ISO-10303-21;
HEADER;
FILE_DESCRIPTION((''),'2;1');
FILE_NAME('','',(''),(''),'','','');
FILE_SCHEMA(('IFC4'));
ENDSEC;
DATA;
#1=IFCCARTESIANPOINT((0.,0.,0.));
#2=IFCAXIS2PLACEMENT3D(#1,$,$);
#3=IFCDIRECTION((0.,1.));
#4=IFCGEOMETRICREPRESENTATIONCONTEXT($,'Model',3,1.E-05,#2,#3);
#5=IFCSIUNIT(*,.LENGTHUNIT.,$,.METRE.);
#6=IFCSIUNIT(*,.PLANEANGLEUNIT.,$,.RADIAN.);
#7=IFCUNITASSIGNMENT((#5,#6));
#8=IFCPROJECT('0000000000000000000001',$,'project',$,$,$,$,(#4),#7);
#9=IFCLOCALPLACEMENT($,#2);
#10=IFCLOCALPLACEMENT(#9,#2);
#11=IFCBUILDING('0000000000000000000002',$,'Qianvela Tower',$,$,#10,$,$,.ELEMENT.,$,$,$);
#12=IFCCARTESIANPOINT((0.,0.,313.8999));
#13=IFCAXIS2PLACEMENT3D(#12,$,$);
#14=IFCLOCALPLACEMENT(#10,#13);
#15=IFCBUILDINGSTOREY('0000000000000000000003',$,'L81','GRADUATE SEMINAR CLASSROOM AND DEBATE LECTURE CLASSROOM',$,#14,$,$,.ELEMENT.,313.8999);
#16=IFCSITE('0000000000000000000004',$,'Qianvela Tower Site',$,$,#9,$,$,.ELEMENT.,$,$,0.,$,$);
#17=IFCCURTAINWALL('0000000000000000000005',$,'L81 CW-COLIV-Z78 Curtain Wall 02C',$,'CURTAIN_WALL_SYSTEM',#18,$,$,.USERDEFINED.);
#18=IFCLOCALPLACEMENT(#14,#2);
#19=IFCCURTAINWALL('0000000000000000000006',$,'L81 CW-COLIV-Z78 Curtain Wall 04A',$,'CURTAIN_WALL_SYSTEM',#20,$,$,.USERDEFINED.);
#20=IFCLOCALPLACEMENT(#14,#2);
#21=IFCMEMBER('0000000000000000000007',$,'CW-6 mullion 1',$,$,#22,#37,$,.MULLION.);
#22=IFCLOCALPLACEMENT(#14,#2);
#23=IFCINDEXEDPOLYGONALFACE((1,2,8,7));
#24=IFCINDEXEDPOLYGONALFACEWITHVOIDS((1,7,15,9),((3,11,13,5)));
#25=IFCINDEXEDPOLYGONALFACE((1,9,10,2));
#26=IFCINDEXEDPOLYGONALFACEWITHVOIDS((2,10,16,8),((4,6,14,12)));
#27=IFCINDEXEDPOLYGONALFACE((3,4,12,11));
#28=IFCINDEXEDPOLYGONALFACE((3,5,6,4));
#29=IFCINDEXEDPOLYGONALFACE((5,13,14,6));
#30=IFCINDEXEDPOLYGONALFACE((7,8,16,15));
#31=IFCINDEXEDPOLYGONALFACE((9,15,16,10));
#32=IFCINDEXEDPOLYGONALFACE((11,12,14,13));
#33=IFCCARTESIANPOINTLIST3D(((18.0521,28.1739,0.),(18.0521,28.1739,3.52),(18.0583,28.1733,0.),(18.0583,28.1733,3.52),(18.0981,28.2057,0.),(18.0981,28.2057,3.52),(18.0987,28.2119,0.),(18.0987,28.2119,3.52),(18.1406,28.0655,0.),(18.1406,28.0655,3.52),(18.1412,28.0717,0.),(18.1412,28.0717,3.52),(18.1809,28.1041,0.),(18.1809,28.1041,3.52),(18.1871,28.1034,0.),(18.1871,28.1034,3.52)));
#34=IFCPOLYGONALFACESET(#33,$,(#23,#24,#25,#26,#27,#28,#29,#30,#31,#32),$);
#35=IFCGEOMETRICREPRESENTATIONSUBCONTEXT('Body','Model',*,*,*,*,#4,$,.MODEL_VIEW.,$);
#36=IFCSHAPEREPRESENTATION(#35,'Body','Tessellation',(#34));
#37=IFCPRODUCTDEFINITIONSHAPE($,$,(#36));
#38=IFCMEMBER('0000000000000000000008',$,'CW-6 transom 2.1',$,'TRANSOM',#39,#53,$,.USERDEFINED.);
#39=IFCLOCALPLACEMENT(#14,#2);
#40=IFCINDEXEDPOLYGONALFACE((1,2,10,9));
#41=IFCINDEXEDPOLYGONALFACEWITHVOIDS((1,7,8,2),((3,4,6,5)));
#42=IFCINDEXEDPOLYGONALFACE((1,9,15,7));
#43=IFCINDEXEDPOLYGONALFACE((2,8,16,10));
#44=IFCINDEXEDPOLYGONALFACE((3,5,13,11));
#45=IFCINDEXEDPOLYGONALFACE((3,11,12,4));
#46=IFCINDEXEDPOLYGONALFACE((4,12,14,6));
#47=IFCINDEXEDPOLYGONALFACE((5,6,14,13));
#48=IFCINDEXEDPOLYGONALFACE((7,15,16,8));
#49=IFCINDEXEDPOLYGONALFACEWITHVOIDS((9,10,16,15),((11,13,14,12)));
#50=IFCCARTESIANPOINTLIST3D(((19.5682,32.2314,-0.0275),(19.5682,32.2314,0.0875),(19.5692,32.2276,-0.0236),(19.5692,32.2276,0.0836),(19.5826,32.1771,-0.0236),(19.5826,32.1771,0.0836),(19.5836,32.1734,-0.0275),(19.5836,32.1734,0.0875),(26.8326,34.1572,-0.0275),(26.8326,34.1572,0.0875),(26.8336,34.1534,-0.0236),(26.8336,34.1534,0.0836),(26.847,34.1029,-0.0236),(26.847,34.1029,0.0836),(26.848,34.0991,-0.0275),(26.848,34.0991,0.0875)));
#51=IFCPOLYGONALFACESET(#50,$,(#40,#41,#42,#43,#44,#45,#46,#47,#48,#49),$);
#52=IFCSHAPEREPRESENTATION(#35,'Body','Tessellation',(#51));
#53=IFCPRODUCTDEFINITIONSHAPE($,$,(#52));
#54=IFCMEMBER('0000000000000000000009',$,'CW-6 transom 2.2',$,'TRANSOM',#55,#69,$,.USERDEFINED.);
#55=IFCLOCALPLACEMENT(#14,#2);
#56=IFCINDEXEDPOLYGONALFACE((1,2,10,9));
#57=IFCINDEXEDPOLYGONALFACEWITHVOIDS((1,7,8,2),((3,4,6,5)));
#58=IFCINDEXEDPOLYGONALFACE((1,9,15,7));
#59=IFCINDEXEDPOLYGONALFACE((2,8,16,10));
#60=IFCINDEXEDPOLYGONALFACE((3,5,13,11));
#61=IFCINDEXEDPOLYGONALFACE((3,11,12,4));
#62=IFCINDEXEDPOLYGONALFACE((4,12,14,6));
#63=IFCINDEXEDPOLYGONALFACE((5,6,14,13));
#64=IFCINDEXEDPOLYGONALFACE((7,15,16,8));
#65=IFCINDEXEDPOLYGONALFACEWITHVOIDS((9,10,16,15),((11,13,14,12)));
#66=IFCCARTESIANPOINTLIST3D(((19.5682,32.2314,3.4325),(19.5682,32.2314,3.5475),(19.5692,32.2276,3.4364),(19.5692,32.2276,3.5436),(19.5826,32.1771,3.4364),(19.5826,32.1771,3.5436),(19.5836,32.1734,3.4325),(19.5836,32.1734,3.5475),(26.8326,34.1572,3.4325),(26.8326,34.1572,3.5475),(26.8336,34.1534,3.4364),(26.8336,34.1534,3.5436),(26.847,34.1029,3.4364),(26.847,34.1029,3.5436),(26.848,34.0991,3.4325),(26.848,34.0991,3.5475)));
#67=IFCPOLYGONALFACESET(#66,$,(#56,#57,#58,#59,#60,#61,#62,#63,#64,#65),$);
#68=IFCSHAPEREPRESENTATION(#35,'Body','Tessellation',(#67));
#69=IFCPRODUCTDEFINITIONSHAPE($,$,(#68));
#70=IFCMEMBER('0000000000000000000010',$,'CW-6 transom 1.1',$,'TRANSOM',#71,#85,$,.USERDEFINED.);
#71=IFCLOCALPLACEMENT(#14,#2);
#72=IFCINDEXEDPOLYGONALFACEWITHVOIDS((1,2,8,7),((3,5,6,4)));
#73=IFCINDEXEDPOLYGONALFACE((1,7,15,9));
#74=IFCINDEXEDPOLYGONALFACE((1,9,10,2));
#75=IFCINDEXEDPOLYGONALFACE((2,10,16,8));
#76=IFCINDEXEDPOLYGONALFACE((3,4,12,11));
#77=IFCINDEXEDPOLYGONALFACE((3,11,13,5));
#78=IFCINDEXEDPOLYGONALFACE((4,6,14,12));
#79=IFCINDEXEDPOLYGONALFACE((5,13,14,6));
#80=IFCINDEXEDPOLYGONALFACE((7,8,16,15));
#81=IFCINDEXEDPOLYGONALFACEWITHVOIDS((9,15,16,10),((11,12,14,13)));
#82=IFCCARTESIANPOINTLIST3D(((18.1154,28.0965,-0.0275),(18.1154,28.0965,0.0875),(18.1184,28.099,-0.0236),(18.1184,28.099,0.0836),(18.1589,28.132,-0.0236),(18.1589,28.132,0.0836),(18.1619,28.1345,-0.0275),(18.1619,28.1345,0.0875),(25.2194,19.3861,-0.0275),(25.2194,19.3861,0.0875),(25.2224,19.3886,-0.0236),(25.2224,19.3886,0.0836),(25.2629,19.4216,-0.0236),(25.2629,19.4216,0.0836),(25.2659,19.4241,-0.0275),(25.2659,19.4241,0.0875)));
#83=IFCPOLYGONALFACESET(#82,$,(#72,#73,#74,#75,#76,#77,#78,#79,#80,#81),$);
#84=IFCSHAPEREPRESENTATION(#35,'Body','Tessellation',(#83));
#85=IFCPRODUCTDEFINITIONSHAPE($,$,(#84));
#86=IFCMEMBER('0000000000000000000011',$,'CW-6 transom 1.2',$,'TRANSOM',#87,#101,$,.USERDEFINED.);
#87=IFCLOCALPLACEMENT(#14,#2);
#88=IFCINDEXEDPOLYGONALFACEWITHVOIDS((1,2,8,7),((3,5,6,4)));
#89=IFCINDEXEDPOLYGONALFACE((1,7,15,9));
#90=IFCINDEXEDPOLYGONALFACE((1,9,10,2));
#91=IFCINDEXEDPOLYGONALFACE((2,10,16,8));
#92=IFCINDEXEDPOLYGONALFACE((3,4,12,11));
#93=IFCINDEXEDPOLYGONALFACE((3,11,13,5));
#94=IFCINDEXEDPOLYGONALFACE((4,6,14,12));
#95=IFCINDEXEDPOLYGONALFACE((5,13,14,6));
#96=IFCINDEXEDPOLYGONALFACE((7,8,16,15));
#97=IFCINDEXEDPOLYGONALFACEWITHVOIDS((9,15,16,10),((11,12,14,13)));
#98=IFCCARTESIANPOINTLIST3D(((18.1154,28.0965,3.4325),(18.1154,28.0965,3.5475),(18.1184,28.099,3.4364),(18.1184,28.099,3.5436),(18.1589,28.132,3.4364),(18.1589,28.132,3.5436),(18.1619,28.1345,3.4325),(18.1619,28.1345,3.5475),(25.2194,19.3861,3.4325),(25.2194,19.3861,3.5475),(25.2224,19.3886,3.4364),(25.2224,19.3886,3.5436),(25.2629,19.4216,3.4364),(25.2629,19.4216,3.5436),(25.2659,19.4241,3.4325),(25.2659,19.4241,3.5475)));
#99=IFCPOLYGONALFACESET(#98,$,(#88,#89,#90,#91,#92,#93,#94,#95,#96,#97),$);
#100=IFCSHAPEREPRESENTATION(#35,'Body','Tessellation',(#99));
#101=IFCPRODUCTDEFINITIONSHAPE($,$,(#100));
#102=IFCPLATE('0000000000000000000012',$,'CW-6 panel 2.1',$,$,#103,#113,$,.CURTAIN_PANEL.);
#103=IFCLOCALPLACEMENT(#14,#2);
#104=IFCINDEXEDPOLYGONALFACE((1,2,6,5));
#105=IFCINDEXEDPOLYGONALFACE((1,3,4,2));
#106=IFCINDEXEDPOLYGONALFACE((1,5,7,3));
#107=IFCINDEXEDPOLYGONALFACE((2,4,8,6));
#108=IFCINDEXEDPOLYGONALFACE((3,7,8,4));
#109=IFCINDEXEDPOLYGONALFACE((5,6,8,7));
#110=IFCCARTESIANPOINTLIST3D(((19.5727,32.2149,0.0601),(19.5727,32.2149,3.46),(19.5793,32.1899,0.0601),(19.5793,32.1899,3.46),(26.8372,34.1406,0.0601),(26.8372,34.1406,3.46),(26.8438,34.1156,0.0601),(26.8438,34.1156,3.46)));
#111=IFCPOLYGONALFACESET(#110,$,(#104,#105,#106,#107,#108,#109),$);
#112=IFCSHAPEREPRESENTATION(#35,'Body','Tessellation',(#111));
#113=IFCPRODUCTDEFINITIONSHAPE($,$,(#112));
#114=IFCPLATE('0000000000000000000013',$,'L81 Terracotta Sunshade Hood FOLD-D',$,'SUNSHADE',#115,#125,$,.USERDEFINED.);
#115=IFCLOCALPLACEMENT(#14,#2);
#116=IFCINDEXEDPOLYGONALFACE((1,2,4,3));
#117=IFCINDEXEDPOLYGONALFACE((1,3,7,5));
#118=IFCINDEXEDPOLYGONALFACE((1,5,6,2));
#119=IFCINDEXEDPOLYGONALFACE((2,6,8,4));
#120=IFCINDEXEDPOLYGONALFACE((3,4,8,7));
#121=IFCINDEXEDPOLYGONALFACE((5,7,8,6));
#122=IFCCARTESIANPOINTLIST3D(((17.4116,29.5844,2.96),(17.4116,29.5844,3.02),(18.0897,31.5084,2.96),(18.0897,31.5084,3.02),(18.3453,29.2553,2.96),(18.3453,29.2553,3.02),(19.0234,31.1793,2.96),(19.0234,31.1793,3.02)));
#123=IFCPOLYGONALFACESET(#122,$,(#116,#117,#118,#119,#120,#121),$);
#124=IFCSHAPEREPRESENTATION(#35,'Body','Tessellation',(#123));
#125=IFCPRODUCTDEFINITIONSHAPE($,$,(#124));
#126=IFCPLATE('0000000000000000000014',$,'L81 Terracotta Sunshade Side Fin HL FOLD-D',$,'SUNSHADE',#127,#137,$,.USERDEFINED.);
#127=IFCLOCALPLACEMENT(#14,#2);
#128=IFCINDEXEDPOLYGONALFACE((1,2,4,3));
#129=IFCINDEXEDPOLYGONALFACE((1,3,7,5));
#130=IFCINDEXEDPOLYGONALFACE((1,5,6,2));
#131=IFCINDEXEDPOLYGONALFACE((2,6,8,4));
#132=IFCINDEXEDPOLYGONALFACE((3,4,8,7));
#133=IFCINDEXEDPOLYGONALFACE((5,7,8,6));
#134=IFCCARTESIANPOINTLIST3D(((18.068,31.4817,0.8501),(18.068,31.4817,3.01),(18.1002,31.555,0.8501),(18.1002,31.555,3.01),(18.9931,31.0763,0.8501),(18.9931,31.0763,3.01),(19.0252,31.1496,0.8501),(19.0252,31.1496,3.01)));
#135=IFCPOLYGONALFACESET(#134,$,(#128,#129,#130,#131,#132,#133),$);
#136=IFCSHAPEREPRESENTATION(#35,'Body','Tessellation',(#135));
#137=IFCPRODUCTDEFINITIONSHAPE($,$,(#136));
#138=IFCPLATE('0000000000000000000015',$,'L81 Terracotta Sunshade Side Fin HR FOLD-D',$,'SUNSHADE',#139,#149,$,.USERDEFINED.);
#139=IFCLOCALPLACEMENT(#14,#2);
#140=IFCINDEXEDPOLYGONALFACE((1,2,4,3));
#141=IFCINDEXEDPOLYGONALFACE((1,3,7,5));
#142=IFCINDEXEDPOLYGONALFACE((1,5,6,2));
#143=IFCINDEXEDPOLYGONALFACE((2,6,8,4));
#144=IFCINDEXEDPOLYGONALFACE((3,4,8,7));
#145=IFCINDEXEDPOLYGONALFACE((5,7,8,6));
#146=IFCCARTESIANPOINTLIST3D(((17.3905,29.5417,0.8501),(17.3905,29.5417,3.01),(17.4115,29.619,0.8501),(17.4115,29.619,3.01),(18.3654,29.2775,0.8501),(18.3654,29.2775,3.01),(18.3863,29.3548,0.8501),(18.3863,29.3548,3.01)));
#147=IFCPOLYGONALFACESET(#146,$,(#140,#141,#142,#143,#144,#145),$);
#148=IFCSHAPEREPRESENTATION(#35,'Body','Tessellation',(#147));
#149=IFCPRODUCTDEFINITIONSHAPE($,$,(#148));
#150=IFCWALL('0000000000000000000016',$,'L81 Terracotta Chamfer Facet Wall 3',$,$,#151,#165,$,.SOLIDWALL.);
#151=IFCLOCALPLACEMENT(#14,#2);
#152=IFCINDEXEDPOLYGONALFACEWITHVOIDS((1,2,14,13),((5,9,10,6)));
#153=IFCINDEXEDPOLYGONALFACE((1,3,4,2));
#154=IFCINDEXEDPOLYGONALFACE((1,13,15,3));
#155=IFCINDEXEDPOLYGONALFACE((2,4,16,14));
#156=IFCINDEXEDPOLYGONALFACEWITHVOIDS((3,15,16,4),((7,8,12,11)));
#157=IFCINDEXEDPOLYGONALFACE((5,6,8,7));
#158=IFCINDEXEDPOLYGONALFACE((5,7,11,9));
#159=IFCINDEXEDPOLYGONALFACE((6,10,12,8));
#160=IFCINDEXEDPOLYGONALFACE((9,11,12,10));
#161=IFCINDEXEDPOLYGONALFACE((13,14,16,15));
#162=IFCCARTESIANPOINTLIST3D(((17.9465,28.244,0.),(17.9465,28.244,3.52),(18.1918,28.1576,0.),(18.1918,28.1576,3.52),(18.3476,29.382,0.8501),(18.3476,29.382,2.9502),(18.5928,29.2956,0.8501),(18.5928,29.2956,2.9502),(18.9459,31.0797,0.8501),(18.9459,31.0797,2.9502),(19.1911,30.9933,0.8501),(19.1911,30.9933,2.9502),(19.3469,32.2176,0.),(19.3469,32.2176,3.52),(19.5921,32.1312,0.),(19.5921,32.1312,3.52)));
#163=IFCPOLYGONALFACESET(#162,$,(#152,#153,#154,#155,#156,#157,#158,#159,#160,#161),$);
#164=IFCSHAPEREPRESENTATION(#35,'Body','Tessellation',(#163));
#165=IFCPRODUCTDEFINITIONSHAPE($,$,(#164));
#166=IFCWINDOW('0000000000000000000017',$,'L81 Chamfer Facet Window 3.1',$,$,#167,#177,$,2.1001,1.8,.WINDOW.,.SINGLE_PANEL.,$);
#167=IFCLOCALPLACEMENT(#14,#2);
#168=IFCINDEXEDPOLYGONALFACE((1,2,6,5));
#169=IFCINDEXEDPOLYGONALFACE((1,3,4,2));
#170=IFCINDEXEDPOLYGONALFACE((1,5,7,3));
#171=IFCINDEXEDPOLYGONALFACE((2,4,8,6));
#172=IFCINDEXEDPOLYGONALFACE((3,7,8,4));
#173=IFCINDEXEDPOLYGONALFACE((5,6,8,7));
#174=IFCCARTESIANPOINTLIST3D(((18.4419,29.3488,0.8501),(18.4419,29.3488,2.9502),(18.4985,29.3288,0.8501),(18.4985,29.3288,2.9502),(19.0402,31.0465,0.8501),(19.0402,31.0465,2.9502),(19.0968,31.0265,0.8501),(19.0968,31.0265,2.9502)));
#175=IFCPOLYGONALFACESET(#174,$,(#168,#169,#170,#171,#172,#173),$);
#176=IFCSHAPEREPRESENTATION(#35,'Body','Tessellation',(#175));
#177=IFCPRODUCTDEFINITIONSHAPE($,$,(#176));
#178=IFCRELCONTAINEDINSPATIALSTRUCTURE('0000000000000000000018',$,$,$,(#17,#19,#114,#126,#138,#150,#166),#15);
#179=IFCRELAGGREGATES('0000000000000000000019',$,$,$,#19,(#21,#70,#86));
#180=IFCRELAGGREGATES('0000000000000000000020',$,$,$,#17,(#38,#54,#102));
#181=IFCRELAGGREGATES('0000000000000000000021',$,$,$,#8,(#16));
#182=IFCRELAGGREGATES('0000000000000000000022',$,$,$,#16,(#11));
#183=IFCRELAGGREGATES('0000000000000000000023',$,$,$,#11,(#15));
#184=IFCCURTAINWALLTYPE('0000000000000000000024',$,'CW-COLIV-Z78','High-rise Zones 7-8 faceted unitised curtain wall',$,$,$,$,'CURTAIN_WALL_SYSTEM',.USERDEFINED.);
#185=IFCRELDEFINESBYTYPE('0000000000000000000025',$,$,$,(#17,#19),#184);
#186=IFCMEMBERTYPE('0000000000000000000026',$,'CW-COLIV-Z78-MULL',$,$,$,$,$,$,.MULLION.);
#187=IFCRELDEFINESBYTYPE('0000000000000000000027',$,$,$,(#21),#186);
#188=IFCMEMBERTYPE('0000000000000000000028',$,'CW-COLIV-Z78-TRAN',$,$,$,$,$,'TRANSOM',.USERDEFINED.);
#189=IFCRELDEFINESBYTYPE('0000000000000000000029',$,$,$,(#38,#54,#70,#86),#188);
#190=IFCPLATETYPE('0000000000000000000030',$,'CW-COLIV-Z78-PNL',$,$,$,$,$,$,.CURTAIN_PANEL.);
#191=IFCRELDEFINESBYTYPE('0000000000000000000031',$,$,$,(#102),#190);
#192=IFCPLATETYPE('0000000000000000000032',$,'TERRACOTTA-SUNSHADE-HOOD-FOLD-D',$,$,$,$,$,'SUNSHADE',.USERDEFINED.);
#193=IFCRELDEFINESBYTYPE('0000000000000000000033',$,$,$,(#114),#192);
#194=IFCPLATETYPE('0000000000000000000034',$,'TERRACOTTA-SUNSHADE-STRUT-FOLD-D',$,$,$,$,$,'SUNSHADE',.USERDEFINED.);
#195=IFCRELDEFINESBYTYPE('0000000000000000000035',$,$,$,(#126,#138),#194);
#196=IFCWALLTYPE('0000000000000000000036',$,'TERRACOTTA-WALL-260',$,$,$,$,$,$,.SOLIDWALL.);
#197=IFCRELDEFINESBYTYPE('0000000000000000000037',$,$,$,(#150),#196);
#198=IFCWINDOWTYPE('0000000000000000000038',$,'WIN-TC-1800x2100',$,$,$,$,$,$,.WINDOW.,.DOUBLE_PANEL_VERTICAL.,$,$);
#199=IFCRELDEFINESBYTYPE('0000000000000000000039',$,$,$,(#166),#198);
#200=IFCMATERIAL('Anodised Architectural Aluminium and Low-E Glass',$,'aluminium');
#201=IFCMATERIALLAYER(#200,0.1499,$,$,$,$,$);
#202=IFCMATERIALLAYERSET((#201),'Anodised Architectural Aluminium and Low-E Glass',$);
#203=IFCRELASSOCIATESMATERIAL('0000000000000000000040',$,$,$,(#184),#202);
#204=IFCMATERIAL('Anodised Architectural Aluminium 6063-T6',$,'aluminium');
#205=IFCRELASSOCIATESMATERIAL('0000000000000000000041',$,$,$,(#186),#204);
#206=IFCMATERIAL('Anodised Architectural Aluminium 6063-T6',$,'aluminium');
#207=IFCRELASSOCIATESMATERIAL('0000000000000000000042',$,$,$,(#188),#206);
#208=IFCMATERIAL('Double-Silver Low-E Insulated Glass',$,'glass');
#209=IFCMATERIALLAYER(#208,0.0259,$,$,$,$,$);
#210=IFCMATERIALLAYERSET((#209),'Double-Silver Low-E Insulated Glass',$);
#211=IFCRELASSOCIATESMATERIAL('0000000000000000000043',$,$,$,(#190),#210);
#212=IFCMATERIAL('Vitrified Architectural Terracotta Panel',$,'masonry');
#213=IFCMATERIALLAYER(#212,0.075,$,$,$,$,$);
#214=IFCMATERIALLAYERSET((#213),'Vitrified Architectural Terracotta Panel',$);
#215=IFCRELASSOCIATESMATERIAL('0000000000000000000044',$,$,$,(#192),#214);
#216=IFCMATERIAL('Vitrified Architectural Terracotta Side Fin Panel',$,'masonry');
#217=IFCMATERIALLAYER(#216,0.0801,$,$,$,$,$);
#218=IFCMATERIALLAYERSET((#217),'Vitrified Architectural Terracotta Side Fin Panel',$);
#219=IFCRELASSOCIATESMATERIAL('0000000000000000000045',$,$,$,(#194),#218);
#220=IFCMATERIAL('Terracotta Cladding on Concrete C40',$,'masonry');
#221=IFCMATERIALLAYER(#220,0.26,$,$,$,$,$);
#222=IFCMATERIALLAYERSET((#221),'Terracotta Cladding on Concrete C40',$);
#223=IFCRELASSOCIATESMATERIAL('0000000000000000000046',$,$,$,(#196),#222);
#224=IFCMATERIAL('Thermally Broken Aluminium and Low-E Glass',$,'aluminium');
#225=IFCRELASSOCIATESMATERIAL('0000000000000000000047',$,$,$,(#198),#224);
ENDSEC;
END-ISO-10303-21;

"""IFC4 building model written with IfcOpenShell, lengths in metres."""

from ifc_helpers import new_model, si_unit, direction, frame, frame_2d, origin, origin_2d, place, context, subcontext, project, spatial, rectangle, hollow_rectangle, extrude, material, layer, layer_set, material_profile, profile_set, type_object, element, fill, aggregate, save


model = new_model("IFC4")

# Units and contexts
model_context = context("Model", 3, precision=1e-05, world=origin(), true_north=direction((0.0, 1.0)))
body_context = subcontext(model_context, "Body", "Model", "MODEL_VIEW")
ifc_project = project(units=[si_unit("LENGTHUNIT", "METRE"), si_unit("PLANEANGLEUNIT", "RADIAN")], contexts=[model_context])

# Site, building, storey
site_placement = place(None, origin())
site = spatial("IfcSite", under=ifc_project, at=site_placement, Name="Qianvela Tower Site", CompositionType="ELEMENT", RefElevation=0.0)
building_placement = place(site_placement, origin())
building = spatial("IfcBuilding", under=site, at=building_placement, Name="Qianvela Tower", CompositionType="ELEMENT")
storey_placement = place(building_placement, frame((0.0, 0.0, 313.8999)))
storey = spatial("IfcBuildingStorey", under=building, at=storey_placement, Name="L81", Description="GRADUATE SEMINAR CLASSROOM AND DEBATE LECTURE CLASSROOM", CompositionType="ELEMENT", Elevation=313.8999)

# Curtain wall
ifc_material_1 = material(Name="Anodised Architectural Aluminium and Low-E Glass", Category="aluminium")
ifc_layer_1 = layer(ifc_material_1, 0.1499)
ifc_layer_set_1 = layer_set([ifc_layer_1], Name="Anodised Architectural Aluminium and Low-E Glass")
curtain_wall_type = type_object("IfcCurtainWallType", Name="CW-COLIV-Z78", Description="High-rise Zones 7-8 faceted unitised curtain wall", ElementType="CURTAIN_WALL_SYSTEM", PredefinedType="USERDEFINED", material=ifc_layer_set_1)
curtain_wall_1_placement = place(storey_placement, origin())
curtain_wall_1 = element("IfcCurtainWall", 1, at=curtain_wall_1_placement, inside=storey, type_object=curtain_wall_type, Name="L81 CW-COLIV-Z78 Curtain Wall 02C", ObjectType="CURTAIN_WALL_SYSTEM", PredefinedType="USERDEFINED")
ifc_material_2 = material(Name="Anodised Architectural Aluminium 6063-T6", Category="aluminium")
ifc_material_profile_1 = material_profile(ifc_material_2, hollow_rectangle(XDim=0.0601, YDim=0.1399, WallThickness=0.0044, at=origin_2d()), Name="ALU-MULL-60x140")
ifc_profile_set_1 = profile_set([ifc_material_profile_1], Name="Anodised Architectural Aluminium 6063-T6")
member_type_1 = type_object("IfcMemberType", Name="CW-COLIV-Z78-MULL", PredefinedType="MULLION", material=ifc_profile_set_1)

# Curtain wall, member
curtain_wall_2_placement = place(storey_placement, origin())
curtain_wall_2 = element("IfcCurtainWall", 2, at=curtain_wall_2_placement, inside=storey, type_object=curtain_wall_type, Name="L81 CW-COLIV-Z78 Curtain Wall 04A", ObjectType="CURTAIN_WALL_SYSTEM", PredefinedType="USERDEFINED")
member_1_placement = place(storey_placement, frame((18.1196, 28.1387, 0.0), z_axis=(0.0, 0.0, 1.0), x_axis=(0.774944, 0.63203, 0.0)))
member_1 = element("IfcMember", 3, at=member_1_placement, type_object=member_type_1, Name="CW-6 mullion 1", PredefinedType="MULLION", context=body_context, shape_type="SweptSolid", body=[
    extrude(hollow_rectangle(XDim=0.0601, YDim=0.1399, WallThickness=0.0044, at=origin_2d()), origin(), (0.0, 0.0, 1.0), 3.52),
])

# Members
ifc_material_3 = material(Name="Anodised Architectural Aluminium 6063-T6", Category="aluminium")
ifc_material_profile_2 = material_profile(ifc_material_3, hollow_rectangle(XDim=0.0601, YDim=0.115, WallThickness=0.0039, at=origin_2d()), Name="ALU-TRAN-60x115")
ifc_profile_set_2 = profile_set([ifc_material_profile_2], Name="Anodised Architectural Aluminium 6063-T6")
member_type_2 = type_object("IfcMemberType", Name="CW-COLIV-Z78-TRAN", ElementType="TRANSOM", PredefinedType="USERDEFINED", material=ifc_profile_set_2)
member_2_placement = place(storey_placement, frame((26.8403, 34.1282, 0.03), z_axis=(-0.966611, -0.256247, 0.0), x_axis=(0.256247, -0.966611, 0.0)))
member_2 = element("IfcMember", 4, at=member_2_placement, type_object=member_type_2, Name="CW-6 transom 2.1", ObjectType="TRANSOM", PredefinedType="USERDEFINED", context=body_context, shape_type="SweptSolid", body=[
    extrude(hollow_rectangle(XDim=0.0601, YDim=0.115, WallThickness=0.0039, at=origin_2d()), origin(), (0.0, 0.0, 1.0), 7.5154),
])
member_3_placement = place(storey_placement, frame((26.8403, 34.1282, 3.49), z_axis=(-0.966611, -0.256247, 0.0), x_axis=(0.256247, -0.966611, 0.0)))
member_3 = element("IfcMember", 5, at=member_3_placement, type_object=member_type_2, Name="CW-6 transom 2.2", ObjectType="TRANSOM", PredefinedType="USERDEFINED", context=body_context, shape_type="SweptSolid", body=[
    extrude(hollow_rectangle(XDim=0.0601, YDim=0.115, WallThickness=0.0039, at=origin_2d()), origin(), (0.0, 0.0, 1.0), 7.5154),
])
member_4_placement = place(storey_placement, frame((18.1387, 28.1155, 0.03), z_axis=(0.632026, -0.774947, 0.0), x_axis=(0.774947, 0.632026, 0.0)))
member_4 = element("IfcMember", 6, at=member_4_placement, type_object=member_type_2, Name="CW-6 transom 1.1", ObjectType="TRANSOM", PredefinedType="USERDEFINED", context=body_context, shape_type="SweptSolid", body=[
    extrude(hollow_rectangle(XDim=0.0601, YDim=0.115, WallThickness=0.0039, at=origin_2d()), origin(), (0.0, 0.0, 1.0), 11.24),
])
member_5_placement = place(storey_placement, frame((18.1387, 28.1155, 3.49), z_axis=(0.632026, -0.774947, 0.0), x_axis=(0.774947, 0.632026, 0.0)))
member_5 = element("IfcMember", 7, at=member_5_placement, type_object=member_type_2, Name="CW-6 transom 1.2", ObjectType="TRANSOM", PredefinedType="USERDEFINED", context=body_context, shape_type="SweptSolid", body=[
    extrude(hollow_rectangle(XDim=0.0601, YDim=0.115, WallThickness=0.0039, at=origin_2d()), origin(), (0.0, 0.0, 1.0), 11.24),
])
aggregate(curtain_wall_2, [member_1, member_4, member_5])

# Plate
ifc_material_4 = material(Name="Double-Silver Low-E Insulated Glass", Category="glass")
ifc_layer_2 = layer(ifc_material_4, 0.0259)
ifc_layer_set_2 = layer_set([ifc_layer_2], Name="Double-Silver Low-E Insulated Glass")
plate_type_1 = type_object("IfcPlateType", Name="CW-COLIV-Z78-PNL", PredefinedType="CURTAIN_PANEL", material=ifc_layer_set_2)
plate_1_placement = place(storey_placement, frame((23.2083, 33.1653, 0.0601), z_axis=(0.0, 0.0, 1.0), x_axis=(-0.966614, -0.256237, 0.0)))
plate_1 = element("IfcPlate", 8, at=plate_1_placement, type_object=plate_type_1, Name="CW-6 panel 2.1", PredefinedType="CURTAIN_PANEL", context=body_context, shape_type="SweptSolid", body=[
    extrude(rectangle(XDim=7.5154, YDim=0.0259, at=origin_2d()), origin(), (0.0, 0.0, 1.0), 3.3999),
])
aggregate(curtain_wall_1, [member_2, member_3, plate_1])

# Plates
ifc_material_5 = material(Name="Vitrified Architectural Terracotta Panel", Category="masonry")
ifc_layer_3 = layer(ifc_material_5, 0.075)
ifc_layer_set_3 = layer_set([ifc_layer_3], Name="Vitrified Architectural Terracotta Panel")
plate_type_2 = type_object("IfcPlateType", Name="TERRACOTTA-SUNSHADE-HOOD-FOLD-D", ElementType="SUNSHADE", PredefinedType="USERDEFINED", material=ifc_layer_set_3)
plate_2_placement = place(storey_placement, frame((18.2175, 30.3818, 2.96), z_axis=(0.0, 0.0, 1.0), x_axis=(-0.332401, -0.943138, 0.0)))
element("IfcPlate", 9, at=plate_2_placement, inside=storey, type_object=plate_type_2, Name="L81 Terracotta Sunshade Hood FOLD-D", ObjectType="SUNSHADE", PredefinedType="USERDEFINED", context=body_context, shape_type="SweptSolid", body=[
    extrude(rectangle(XDim=2.04, YDim=0.99, at=origin_2d()), origin(), (0.0, 0.0, 1.0), 0.0601),
])
ifc_material_6 = material(Name="Vitrified Architectural Terracotta Side Fin Panel", Category="masonry")
ifc_layer_4 = layer(ifc_material_6, 0.0801)
ifc_layer_set_4 = layer_set([ifc_layer_4], Name="Vitrified Architectural Terracotta Side Fin Panel")
plate_type_3 = type_object("IfcPlateType", Name="TERRACOTTA-SUNSHADE-STRUT-FOLD-D", ElementType="SUNSHADE", PredefinedType="USERDEFINED", material=ifc_layer_set_4)
for number, where, z_axis, x_axis, name in (
    (10, (18.5466, 31.3157, 0.8501), (0.0, 0.0, 1.0), (-0.401382, -0.915911, 0.0), "L81 Terracotta Sunshade Side Fin HL FOLD-D"),
    (11, (17.8884, 29.4482, 0.8501), (0.0, 0.0, 1.0), (-0.261593, -0.965178, 0.0), "L81 Terracotta Sunshade Side Fin HR FOLD-D"),
):
    element("IfcPlate", number, at=place(storey_placement, frame(where, z_axis=z_axis, x_axis=x_axis)), inside=storey, type_object=plate_type_3, Name=name, ObjectType="SUNSHADE", PredefinedType="USERDEFINED", context=body_context, shape_type="SweptSolid", body=[
        extrude(rectangle(XDim=0.0801, YDim=1.01, at=origin_2d()), origin(), (0.0, 0.0, 1.0), 2.1599),
    ])

# Wall, opening, window
ifc_material_7 = material(Name="Terracotta Cladding on Concrete C40", Category="masonry")
ifc_layer_5 = layer(ifc_material_7, 0.26)
ifc_layer_set_5 = layer_set([ifc_layer_5], Name="Terracotta Cladding on Concrete C40")
wall_type_1 = type_object("IfcWallType", Name="TERRACOTTA-WALL-260", PredefinedType="SOLIDWALL", material=ifc_layer_set_5)
wall_1_placement = place(storey_placement, frame((19.4695, 32.1743, 0.0), z_axis=(0.0, 0.0, 1.0), x_axis=(-0.332384, -0.943144, 0.0)))
wall_1 = element("IfcWall", 12, at=wall_1_placement, inside=storey, type_object=wall_type_1, Name="L81 Terracotta Chamfer Facet Wall 3", PredefinedType="SOLIDWALL", context=body_context, shape_type="SweptSolid", body=[
    extrude(rectangle(XDim=4.2131, YDim=0.26, at=frame_2d((2.1064, 0.0))), origin(), (0.0, 0.0, 1.0), 3.52),
])
opening_placement = place(wall_1_placement, frame((1.2065, 0.0, 0.8501)))
opening = element("IfcOpeningElement", 13, at=opening_placement, cuts=wall_1, PredefinedType="OPENING", context=body_context, shape_type="SweptSolid", body=[
    extrude(rectangle(XDim=1.8, YDim=2.1001, at=frame_2d((0.8999, 1.05))), frame((0.0, 0.1399, 0.0), z_axis=(0.0, -1.0, 0.0), x_axis=(1.0, 0.0, 0.0)), (0.0, 0.0, 1.0), 0.28),
])
ifc_material_8 = material(Name="Thermally Broken Aluminium and Low-E Glass", Category="aluminium")
window_type = type_object("IfcWindowType", Name="WIN-TC-1800x2100", PartitioningType="DOUBLE_PANEL_VERTICAL", PredefinedType="WINDOW", material=ifc_material_8)
window_placement = place(opening_placement, origin())
window = element("IfcWindow", 14, at=window_placement, inside=storey, type_object=window_type, Name="L81 Chamfer Facet Window 3.1", OverallHeight=2.1001, OverallWidth=1.8, PartitioningType="SINGLE_PANEL", PredefinedType="WINDOW", context=body_context, shape_type="SweptSolid", body=[
    extrude(rectangle(XDim=1.8, YDim=2.1001, at=frame_2d((0.8999, 1.05))), frame((0.0, 0.03, 0.0), z_axis=(0.0, -1.0, 0.0), x_axis=(1.0, 0.0, 0.0)), (0.0, 0.0, 1.0), 0.0601),
])
fill(opening, window)

save(model, "model.ifc")
